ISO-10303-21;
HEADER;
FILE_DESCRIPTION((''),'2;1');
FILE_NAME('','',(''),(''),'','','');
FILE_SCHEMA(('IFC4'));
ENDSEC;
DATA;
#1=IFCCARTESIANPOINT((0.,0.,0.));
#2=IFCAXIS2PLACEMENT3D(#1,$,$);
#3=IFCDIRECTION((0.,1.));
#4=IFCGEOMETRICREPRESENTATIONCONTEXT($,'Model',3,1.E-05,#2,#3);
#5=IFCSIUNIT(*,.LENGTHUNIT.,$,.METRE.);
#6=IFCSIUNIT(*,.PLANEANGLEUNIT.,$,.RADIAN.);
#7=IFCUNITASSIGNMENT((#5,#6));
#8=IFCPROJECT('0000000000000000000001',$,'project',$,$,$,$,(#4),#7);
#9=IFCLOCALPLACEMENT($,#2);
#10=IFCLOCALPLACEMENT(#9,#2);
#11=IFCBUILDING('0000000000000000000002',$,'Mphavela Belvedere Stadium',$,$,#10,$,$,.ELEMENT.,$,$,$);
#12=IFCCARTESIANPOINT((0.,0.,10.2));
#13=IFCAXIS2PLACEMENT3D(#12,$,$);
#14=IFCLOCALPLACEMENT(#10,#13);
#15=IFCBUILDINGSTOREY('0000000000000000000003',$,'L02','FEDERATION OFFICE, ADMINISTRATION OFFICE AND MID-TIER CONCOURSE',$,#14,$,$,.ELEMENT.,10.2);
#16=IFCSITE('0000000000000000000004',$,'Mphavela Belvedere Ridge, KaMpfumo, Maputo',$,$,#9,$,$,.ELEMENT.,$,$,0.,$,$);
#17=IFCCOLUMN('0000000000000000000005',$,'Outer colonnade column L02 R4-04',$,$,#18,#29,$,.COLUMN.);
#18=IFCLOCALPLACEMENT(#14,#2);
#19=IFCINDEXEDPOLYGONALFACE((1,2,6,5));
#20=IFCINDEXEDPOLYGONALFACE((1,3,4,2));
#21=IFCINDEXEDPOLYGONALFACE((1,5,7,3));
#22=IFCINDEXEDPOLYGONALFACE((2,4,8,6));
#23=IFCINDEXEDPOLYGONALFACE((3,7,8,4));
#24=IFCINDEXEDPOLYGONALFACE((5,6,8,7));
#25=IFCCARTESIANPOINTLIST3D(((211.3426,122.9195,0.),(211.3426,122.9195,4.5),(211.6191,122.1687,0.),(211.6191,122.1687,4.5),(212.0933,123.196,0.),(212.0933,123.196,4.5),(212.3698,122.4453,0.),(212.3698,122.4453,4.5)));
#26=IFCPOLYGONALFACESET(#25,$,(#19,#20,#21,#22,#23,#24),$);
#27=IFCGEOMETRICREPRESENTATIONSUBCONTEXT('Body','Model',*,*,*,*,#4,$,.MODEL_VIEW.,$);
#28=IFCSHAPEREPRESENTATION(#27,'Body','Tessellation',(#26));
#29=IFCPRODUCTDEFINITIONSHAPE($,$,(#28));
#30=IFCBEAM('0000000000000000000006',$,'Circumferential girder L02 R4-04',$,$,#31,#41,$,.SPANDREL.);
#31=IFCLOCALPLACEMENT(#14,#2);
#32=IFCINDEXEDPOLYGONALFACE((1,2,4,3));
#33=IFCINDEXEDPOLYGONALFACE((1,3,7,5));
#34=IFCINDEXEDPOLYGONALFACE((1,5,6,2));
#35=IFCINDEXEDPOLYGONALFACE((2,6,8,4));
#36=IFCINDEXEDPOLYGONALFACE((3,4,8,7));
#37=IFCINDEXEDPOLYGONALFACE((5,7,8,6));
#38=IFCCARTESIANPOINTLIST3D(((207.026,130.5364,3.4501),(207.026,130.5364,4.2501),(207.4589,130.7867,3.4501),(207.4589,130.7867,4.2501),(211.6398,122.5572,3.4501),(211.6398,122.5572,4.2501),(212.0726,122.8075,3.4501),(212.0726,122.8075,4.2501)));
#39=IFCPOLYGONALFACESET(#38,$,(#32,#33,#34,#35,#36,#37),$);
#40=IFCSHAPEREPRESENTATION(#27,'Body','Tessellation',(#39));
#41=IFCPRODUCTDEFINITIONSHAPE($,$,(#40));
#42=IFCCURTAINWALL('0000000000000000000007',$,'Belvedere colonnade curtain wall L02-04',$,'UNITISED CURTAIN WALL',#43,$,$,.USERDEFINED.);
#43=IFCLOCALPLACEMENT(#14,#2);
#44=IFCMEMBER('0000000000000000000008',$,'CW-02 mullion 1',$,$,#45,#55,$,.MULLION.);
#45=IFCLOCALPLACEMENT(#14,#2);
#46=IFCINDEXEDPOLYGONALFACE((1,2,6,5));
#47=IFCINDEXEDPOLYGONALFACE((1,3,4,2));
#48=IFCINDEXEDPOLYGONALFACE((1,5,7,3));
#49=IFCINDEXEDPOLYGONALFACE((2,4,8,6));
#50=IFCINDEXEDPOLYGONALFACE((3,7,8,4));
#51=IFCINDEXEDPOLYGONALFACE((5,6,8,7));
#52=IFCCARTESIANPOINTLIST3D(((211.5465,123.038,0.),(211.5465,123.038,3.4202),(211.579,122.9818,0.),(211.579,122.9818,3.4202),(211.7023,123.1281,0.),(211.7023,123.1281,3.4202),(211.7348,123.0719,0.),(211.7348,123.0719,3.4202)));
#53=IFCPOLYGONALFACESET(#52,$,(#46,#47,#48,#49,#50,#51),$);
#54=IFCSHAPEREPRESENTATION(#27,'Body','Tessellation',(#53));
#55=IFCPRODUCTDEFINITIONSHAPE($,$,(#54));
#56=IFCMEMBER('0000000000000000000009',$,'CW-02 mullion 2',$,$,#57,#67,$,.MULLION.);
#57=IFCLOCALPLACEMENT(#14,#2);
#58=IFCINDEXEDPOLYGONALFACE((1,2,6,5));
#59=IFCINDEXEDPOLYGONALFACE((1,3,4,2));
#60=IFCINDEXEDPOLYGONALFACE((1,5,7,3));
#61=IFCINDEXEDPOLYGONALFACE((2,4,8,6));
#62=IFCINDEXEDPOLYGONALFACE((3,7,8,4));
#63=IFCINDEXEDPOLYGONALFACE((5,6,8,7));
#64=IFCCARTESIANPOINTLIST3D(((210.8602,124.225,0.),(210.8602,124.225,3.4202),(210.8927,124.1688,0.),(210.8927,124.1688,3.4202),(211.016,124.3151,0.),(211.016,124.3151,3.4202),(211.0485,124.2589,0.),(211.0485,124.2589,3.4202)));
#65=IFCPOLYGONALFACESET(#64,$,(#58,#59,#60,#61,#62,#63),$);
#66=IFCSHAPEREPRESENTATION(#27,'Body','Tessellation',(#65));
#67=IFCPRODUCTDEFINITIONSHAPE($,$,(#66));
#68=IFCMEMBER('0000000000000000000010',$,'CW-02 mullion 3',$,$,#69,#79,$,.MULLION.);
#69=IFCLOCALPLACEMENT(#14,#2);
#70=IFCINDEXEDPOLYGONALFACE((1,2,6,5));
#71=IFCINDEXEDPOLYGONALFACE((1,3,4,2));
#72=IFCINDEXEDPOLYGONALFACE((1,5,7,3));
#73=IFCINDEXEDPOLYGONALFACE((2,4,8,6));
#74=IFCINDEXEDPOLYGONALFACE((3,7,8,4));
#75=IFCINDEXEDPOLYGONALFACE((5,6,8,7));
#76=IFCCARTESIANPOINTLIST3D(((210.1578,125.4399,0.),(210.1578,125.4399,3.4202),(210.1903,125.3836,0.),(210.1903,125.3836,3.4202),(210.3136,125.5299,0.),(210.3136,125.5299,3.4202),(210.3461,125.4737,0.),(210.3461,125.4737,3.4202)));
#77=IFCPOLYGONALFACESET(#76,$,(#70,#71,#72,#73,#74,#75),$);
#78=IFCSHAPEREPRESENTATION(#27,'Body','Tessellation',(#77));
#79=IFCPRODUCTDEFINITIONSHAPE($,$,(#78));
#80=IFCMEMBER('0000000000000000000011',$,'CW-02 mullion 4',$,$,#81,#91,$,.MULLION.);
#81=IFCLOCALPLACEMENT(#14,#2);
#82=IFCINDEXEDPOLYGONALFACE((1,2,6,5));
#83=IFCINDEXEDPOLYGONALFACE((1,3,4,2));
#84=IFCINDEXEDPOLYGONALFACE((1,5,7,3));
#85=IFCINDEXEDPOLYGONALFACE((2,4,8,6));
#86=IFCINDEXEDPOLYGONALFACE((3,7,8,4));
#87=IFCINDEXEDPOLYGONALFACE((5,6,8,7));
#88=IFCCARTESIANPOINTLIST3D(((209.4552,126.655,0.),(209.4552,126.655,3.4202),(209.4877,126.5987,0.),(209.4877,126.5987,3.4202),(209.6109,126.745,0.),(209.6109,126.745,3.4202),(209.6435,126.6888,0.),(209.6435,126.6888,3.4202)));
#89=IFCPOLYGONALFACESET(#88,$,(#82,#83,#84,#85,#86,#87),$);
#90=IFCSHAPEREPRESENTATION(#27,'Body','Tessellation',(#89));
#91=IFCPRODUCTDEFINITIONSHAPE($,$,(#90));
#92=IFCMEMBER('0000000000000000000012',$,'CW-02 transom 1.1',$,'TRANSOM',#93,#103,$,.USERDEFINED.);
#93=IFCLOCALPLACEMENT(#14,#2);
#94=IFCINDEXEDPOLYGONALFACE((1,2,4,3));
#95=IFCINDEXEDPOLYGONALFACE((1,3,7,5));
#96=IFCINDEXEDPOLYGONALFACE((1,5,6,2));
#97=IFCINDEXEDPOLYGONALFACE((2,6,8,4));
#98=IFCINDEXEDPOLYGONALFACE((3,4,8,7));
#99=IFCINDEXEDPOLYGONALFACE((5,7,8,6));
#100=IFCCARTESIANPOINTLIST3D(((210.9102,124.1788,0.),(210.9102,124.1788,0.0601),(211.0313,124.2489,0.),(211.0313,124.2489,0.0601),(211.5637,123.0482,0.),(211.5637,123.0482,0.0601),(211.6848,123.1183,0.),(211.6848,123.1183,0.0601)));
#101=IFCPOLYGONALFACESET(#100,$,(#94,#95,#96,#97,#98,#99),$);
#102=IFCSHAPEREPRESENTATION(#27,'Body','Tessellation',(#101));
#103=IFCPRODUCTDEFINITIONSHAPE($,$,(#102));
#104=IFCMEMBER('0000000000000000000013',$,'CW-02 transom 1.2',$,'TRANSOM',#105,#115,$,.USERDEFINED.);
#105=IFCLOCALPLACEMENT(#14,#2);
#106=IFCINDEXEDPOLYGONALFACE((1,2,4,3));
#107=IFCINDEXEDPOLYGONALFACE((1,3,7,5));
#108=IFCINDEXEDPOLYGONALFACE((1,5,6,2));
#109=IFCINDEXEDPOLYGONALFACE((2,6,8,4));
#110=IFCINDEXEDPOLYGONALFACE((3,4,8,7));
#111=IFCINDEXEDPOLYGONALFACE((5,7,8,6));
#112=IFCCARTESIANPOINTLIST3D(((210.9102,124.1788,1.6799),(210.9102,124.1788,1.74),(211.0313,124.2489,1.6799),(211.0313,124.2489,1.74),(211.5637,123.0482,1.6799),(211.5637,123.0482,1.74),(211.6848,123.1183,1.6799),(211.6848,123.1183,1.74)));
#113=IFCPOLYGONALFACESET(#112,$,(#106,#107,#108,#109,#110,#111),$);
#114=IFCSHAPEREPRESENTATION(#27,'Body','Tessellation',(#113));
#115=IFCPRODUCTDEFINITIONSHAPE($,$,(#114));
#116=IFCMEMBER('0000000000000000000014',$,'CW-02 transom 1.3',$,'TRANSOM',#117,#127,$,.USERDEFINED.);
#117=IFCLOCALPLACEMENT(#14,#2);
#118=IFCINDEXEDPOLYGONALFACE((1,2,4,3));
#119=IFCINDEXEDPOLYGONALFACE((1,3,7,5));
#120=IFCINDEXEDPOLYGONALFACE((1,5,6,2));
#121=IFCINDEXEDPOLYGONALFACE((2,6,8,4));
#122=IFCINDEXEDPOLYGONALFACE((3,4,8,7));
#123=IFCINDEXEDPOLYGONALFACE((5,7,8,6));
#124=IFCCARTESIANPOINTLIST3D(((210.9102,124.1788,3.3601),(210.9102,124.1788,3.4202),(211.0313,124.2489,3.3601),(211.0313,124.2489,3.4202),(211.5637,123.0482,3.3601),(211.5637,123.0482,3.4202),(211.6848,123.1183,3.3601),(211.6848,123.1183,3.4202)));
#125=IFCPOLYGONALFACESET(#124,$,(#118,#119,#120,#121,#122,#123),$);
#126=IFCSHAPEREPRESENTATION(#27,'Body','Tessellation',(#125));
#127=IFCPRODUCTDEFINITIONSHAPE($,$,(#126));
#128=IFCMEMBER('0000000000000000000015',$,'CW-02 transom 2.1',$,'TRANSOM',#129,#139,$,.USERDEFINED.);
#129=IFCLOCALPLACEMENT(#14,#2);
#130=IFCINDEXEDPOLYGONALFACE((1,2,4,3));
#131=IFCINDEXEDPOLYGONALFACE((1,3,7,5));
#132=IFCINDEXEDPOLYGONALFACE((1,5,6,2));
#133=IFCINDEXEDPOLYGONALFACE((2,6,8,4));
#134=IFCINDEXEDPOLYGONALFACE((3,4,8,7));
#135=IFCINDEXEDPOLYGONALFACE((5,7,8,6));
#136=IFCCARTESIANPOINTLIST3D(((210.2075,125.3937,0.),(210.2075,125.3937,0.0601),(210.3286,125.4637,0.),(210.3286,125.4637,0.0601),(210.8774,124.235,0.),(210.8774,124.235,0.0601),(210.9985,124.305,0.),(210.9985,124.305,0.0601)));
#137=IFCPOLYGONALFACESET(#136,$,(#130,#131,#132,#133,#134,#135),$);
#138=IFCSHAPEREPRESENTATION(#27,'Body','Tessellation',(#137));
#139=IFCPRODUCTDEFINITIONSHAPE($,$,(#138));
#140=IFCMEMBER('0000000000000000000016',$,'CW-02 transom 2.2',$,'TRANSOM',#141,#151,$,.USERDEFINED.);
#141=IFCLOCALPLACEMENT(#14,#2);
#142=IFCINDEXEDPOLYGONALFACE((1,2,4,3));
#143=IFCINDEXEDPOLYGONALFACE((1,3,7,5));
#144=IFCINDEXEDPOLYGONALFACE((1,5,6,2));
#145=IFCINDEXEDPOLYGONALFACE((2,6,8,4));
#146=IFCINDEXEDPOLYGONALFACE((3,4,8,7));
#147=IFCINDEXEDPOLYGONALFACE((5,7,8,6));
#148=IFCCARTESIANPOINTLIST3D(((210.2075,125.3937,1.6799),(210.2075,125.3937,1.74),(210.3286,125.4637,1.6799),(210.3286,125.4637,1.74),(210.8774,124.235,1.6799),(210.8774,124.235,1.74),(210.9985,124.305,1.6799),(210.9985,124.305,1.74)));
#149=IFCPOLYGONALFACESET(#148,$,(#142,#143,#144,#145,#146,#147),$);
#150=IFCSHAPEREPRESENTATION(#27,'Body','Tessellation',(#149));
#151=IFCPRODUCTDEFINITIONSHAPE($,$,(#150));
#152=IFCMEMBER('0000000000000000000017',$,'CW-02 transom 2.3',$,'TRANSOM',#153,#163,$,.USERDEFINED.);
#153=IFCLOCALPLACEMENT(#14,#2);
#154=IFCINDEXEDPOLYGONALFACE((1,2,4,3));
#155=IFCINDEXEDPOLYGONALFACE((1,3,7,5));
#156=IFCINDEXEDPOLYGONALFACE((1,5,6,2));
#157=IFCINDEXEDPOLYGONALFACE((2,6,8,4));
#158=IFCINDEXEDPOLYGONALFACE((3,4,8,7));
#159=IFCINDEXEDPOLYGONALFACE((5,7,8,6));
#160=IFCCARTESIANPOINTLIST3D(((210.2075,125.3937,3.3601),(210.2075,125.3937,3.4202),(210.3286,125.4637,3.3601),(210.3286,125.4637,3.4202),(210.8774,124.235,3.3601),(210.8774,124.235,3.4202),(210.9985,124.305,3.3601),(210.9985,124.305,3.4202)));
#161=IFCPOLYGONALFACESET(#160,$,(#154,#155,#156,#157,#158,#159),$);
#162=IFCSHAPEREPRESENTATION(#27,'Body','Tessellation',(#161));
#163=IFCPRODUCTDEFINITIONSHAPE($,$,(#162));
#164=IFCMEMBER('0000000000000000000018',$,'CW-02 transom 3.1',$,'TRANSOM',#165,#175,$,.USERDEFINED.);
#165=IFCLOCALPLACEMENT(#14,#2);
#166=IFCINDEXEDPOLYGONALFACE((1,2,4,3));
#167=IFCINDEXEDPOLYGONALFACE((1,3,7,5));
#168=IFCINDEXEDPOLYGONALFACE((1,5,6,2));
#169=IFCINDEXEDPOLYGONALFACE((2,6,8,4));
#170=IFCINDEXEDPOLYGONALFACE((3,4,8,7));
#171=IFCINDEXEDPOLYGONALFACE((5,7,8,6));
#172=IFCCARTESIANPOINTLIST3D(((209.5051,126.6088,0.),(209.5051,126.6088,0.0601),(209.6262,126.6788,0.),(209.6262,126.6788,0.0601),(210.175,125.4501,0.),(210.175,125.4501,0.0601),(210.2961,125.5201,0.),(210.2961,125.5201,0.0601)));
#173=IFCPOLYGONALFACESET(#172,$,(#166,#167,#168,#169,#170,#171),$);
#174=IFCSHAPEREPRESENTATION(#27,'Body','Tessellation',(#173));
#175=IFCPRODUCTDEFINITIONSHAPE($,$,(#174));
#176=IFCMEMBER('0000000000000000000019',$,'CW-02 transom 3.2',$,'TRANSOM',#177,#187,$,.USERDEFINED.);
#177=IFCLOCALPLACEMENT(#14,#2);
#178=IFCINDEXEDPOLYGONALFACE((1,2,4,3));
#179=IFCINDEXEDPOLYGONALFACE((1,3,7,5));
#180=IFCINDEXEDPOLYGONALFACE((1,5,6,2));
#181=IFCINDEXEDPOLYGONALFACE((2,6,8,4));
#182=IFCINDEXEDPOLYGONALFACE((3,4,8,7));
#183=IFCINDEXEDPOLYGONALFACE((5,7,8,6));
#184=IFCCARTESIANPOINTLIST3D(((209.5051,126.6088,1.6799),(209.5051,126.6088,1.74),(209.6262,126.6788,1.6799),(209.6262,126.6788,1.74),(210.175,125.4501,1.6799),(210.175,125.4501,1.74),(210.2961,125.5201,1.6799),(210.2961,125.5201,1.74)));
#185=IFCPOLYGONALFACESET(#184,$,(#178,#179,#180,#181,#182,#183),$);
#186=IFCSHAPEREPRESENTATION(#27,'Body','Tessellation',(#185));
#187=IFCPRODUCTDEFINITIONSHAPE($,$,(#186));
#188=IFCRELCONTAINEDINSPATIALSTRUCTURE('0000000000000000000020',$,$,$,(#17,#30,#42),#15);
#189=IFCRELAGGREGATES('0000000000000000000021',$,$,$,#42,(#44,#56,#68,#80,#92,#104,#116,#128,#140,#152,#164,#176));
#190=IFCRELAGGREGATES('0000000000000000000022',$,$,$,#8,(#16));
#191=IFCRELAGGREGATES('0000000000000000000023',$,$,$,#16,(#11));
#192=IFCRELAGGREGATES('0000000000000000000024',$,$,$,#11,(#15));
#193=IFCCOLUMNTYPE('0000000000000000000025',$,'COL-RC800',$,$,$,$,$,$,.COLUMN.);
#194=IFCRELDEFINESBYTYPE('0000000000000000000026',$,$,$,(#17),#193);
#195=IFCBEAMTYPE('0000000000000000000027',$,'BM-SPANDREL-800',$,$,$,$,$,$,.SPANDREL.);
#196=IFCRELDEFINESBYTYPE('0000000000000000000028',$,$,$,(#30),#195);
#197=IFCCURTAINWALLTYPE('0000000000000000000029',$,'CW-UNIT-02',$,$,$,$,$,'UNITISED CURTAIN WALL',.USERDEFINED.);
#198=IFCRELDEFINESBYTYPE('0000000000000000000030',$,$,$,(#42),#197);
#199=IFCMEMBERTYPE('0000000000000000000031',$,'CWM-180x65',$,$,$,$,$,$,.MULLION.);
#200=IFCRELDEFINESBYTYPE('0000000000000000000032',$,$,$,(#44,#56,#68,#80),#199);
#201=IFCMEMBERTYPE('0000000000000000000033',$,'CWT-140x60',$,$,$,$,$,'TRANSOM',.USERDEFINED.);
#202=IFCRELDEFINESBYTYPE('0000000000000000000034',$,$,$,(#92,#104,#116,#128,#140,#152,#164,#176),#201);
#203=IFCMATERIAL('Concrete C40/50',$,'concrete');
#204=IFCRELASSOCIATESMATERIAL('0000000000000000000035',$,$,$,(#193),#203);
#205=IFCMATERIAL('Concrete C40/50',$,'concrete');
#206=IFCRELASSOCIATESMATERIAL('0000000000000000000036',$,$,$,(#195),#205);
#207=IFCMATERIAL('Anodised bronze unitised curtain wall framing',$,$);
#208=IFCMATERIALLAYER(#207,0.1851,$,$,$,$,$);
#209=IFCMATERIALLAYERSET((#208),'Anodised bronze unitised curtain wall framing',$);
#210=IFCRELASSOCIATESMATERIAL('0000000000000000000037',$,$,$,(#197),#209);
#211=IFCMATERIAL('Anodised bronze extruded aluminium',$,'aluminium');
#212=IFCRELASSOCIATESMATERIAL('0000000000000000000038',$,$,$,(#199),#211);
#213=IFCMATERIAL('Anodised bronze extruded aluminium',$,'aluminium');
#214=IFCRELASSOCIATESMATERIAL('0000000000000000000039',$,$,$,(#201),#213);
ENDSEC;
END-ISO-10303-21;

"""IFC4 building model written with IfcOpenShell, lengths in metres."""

from ifc_helpers import new_model, si_unit, direction, frame, origin, origin_2d, place, context, subcontext, project, spatial, rectangle, extrude, material, layer, layer_set, material_profile, profile_set, type_object, element, aggregate, save


model = new_model("IFC4")

# Units and contexts
model_context = context("Model", 3, precision=1e-05, world=origin(), true_north=direction((0.0, 1.0)))
body_context = subcontext(model_context, "Body", "Model", "MODEL_VIEW")
ifc_project = project(units=[si_unit("LENGTHUNIT", "METRE"), si_unit("PLANEANGLEUNIT", "RADIAN")], contexts=[model_context])

# Site, building, storey
site_placement = place(None, origin())
site = spatial("IfcSite", under=ifc_project, at=site_placement, Name="Mphavela Belvedere Ridge, KaMpfumo, Maputo", CompositionType="ELEMENT", RefElevation=0.0)
building_placement = place(site_placement, origin())
building = spatial("IfcBuilding", under=site, at=building_placement, Name="Mphavela Belvedere Stadium", CompositionType="ELEMENT")
storey_placement = place(building_placement, frame((0.0, 0.0, 10.2)))
storey = spatial("IfcBuildingStorey", under=building, at=storey_placement, Name="L02", Description="FEDERATION OFFICE, ADMINISTRATION OFFICE AND MID-TIER CONCOURSE", CompositionType="ELEMENT", Elevation=10.2)

# Column
ifc_material_1 = material(Name="Concrete C40/50", Category="concrete")
ifc_material_profile_1 = material_profile(ifc_material_1, rectangle(XDim=0.8, YDim=0.8, at=origin_2d()), Name="RC 800x800")
ifc_profile_set_1 = profile_set([ifc_material_profile_1], Name="Concrete C40/50")
column_type = type_object("IfcColumnType", Name="COL-RC800", PredefinedType="COLUMN", material=ifc_profile_set_1)
column_placement = place(storey_placement, frame((211.8562, 122.6824, 0.0), z_axis=(0.0, 0.0, 1.0), x_axis=(0.938372, 0.345626, 0.0)))
element("IfcColumn", 1, at=column_placement, inside=storey, type_object=column_type, Name="Outer colonnade column L02 R4-04", PredefinedType="COLUMN", context=body_context, shape_type="SweptSolid", body=[
    extrude(rectangle(XDim=0.8, YDim=0.8, at=origin_2d()), origin(), (0.0, 0.0, 1.0), 4.5),
])

# Beam
ifc_material_2 = material(Name="Concrete C40/50", Category="concrete")
ifc_material_profile_2 = material_profile(ifc_material_2, rectangle(XDim=0.5, YDim=0.8, at=origin_2d()), Name="RC 500x800")
ifc_profile_set_2 = profile_set([ifc_material_profile_2], Name="Concrete C40/50")
beam_type = type_object("IfcBeamType", Name="BM-SPANDREL-800", PredefinedType="SPANDREL", material=ifc_profile_set_2)
beam_placement = place(storey_placement, frame((211.8562, 122.6824, 3.8501), z_axis=(-0.500565, 0.865699, 0.0), x_axis=(-0.865699, -0.500565, 0.0)))
element("IfcBeam", 2, at=beam_placement, inside=storey, type_object=beam_type, Name="Circumferential girder L02 R4-04", PredefinedType="SPANDREL", context=body_context, shape_type="SweptSolid", body=[
    extrude(rectangle(XDim=0.5, YDim=0.8, at=origin_2d()), origin(), (0.0, 0.0, 1.0), 9.217),
])

# Curtain wall, members
ifc_material_3 = material(Name="Anodised bronze unitised curtain wall framing")
ifc_layer_1 = layer(ifc_material_3, 0.1851)
ifc_layer_set_1 = layer_set([ifc_layer_1], Name="Anodised bronze unitised curtain wall framing")
curtain_wall_type = type_object("IfcCurtainWallType", Name="CW-UNIT-02", ElementType="UNITISED CURTAIN WALL", PredefinedType="USERDEFINED", material=ifc_layer_set_1)
curtain_wall_placement = place(storey_placement, origin())
curtain_wall = element("IfcCurtainWall", 3, at=curtain_wall_placement, inside=storey, type_object=curtain_wall_type, Name="Belvedere colonnade curtain wall L02-04", ObjectType="UNITISED CURTAIN WALL", PredefinedType="USERDEFINED")
ifc_material_4 = material(Name="Anodised bronze extruded aluminium", Category="aluminium")
ifc_material_profile_3 = material_profile(ifc_material_4, rectangle(XDim=0.1799, YDim=0.0649, at=origin_2d()), Name="CW-MUL 180x65")
ifc_profile_set_3 = profile_set([ifc_material_profile_3], Name="Anodised bronze extruded aluminium")
member_type_1 = type_object("IfcMemberType", Name="CWM-180x65", PredefinedType="MULLION", material=ifc_profile_set_3)
member_1_placement = place(storey_placement, frame((211.6406, 123.0549, 0.0), z_axis=(0.0, 0.0, 1.0), x_axis=(-0.8657, -0.500562, 0.0)))
member_1 = element("IfcMember", 4, at=member_1_placement, type_object=member_type_1, Name="CW-02 mullion 1", PredefinedType="MULLION", context=body_context, shape_type="SweptSolid", body=[
    extrude(rectangle(XDim=0.1799, YDim=0.0649, at=origin_2d()), origin(), (0.0, 0.0, 1.0), 3.4202),
])
member_2_placement = place(storey_placement, frame((210.9543, 124.2419, 0.0), z_axis=(0.0, 0.0, 1.0), x_axis=(-0.8657, -0.500562, 0.0)))
member_2 = element("IfcMember", 5, at=member_2_placement, type_object=member_type_1, Name="CW-02 mullion 2", PredefinedType="MULLION", context=body_context, shape_type="SweptSolid", body=[
    extrude(rectangle(XDim=0.1799, YDim=0.0649, at=origin_2d()), origin(), (0.0, 0.0, 1.0), 3.4202),
])
member_3_placement = place(storey_placement, frame((210.252, 125.4568, 0.0), z_axis=(0.0, 0.0, 1.0), x_axis=(-0.8657, -0.500562, 0.0)))
member_3 = element("IfcMember", 6, at=member_3_placement, type_object=member_type_1, Name="CW-02 mullion 3", PredefinedType="MULLION", context=body_context, shape_type="SweptSolid", body=[
    extrude(rectangle(XDim=0.1799, YDim=0.0649, at=origin_2d()), origin(), (0.0, 0.0, 1.0), 3.4202),
])
member_4_placement = place(storey_placement, frame((209.5493, 126.6719, 0.0), z_axis=(0.0, 0.0, 1.0), x_axis=(-0.8657, -0.500562, 0.0)))
member_4 = element("IfcMember", 7, at=member_4_placement, type_object=member_type_1, Name="CW-02 mullion 4", PredefinedType="MULLION", context=body_context, shape_type="SweptSolid", body=[
    extrude(rectangle(XDim=0.1799, YDim=0.0649, at=origin_2d()), origin(), (0.0, 0.0, 1.0), 3.4202),
])
ifc_material_5 = material(Name="Anodised bronze extruded aluminium", Category="aluminium")
ifc_material_profile_4 = material_profile(ifc_material_5, rectangle(XDim=0.1399, YDim=0.0601, at=origin_2d()), Name="CW-TRN 140x60")
ifc_profile_set_4 = profile_set([ifc_material_profile_4], Name="Anodised bronze extruded aluminium")
member_type_2 = type_object("IfcMemberType", Name="CWT-140x60", ElementType="TRANSOM", PredefinedType="USERDEFINED", material=ifc_profile_set_4)
member_5_placement = place(storey_placement, frame((211.6243, 123.0833, 0.03), z_axis=(-0.500461, 0.865759, 0.0), x_axis=(-0.865759, -0.500461, 0.0)))
member_5 = element("IfcMember", 8, at=member_5_placement, type_object=member_type_2, Name="CW-02 transom 1.1", ObjectType="TRANSOM", PredefinedType="USERDEFINED", context=body_context, shape_type="SweptSolid", body=[
    extrude(rectangle(XDim=0.1399, YDim=0.0601, at=origin_2d()), origin(), (0.0, 0.0, 1.0), 1.3059),
])
member_6_placement = place(storey_placement, frame((211.6243, 123.0833, 1.71), z_axis=(-0.500461, 0.865759, 0.0), x_axis=(-0.865759, -0.500461, 0.0)))
member_6 = element("IfcMember", 9, at=member_6_placement, type_object=member_type_2, Name="CW-02 transom 1.2", ObjectType="TRANSOM", PredefinedType="USERDEFINED", context=body_context, shape_type="SweptSolid", body=[
    extrude(rectangle(XDim=0.1399, YDim=0.0601, at=origin_2d()), origin(), (0.0, 0.0, 1.0), 1.3059),
])
member_7_placement = place(storey_placement, frame((211.6243, 123.0833, 3.3901), z_axis=(-0.500461, 0.865759, 0.0), x_axis=(-0.865759, -0.500461, 0.0)))
member_7 = element("IfcMember", 10, at=member_7_placement, type_object=member_type_2, Name="CW-02 transom 1.3", ObjectType="TRANSOM", PredefinedType="USERDEFINED", context=body_context, shape_type="SweptSolid", body=[
    extrude(rectangle(XDim=0.1399, YDim=0.0601, at=origin_2d()), origin(), (0.0, 0.0, 1.0), 1.3059),
])
member_8_placement = place(storey_placement, frame((210.938, 124.27, 0.03), z_axis=(-0.500533, 0.865718, 0.0), x_axis=(-0.865718, -0.500533, 0.0)))
member_8 = element("IfcMember", 11, at=member_8_placement, type_object=member_type_2, Name="CW-02 transom 2.1", ObjectType="TRANSOM", PredefinedType="USERDEFINED", context=body_context, shape_type="SweptSolid", body=[
    extrude(rectangle(XDim=0.1399, YDim=0.0601, at=origin_2d()), origin(), (0.0, 0.0, 1.0), 1.3384),
])
member_9_placement = place(storey_placement, frame((210.938, 124.27, 1.71), z_axis=(-0.500533, 0.865718, 0.0), x_axis=(-0.865718, -0.500533, 0.0)))
member_9 = element("IfcMember", 12, at=member_9_placement, type_object=member_type_2, Name="CW-02 transom 2.2", ObjectType="TRANSOM", PredefinedType="USERDEFINED", context=body_context, shape_type="SweptSolid", body=[
    extrude(rectangle(XDim=0.1399, YDim=0.0601, at=origin_2d()), origin(), (0.0, 0.0, 1.0), 1.3384),
])
member_10_placement = place(storey_placement, frame((210.938, 124.27, 3.3901), z_axis=(-0.500533, 0.865718, 0.0), x_axis=(-0.865718, -0.500533, 0.0)))
member_10 = element("IfcMember", 13, at=member_10_placement, type_object=member_type_2, Name="CW-02 transom 2.3", ObjectType="TRANSOM", PredefinedType="USERDEFINED", context=body_context, shape_type="SweptSolid", body=[
    extrude(rectangle(XDim=0.1399, YDim=0.0601, at=origin_2d()), origin(), (0.0, 0.0, 1.0), 1.3384),
])
member_11_placement = place(storey_placement, frame((210.2356, 125.4851, 0.03), z_axis=(-0.500533, 0.865718, 0.0), x_axis=(-0.865718, -0.500533, 0.0)))
member_11 = element("IfcMember", 14, at=member_11_placement, type_object=member_type_2, Name="CW-02 transom 3.1", ObjectType="TRANSOM", PredefinedType="USERDEFINED", context=body_context, shape_type="SweptSolid", body=[
    extrude(rectangle(XDim=0.1399, YDim=0.0601, at=origin_2d()), origin(), (0.0, 0.0, 1.0), 1.3384),
])
member_12_placement = place(storey_placement, frame((210.2356, 125.4851, 1.71), z_axis=(-0.500533, 0.865718, 0.0), x_axis=(-0.865718, -0.500533, 0.0)))
member_12 = element("IfcMember", 15, at=member_12_placement, type_object=member_type_2, Name="CW-02 transom 3.2", ObjectType="TRANSOM", PredefinedType="USERDEFINED", context=body_context, shape_type="SweptSolid", body=[
    extrude(rectangle(XDim=0.1399, YDim=0.0601, at=origin_2d()), origin(), (0.0, 0.0, 1.0), 1.3384),
])
aggregate(curtain_wall, [member_1, member_2, member_3, member_4, member_5, member_6, member_7, member_8, member_9, member_10, member_11, member_12])

save(model, "model.ifc")
